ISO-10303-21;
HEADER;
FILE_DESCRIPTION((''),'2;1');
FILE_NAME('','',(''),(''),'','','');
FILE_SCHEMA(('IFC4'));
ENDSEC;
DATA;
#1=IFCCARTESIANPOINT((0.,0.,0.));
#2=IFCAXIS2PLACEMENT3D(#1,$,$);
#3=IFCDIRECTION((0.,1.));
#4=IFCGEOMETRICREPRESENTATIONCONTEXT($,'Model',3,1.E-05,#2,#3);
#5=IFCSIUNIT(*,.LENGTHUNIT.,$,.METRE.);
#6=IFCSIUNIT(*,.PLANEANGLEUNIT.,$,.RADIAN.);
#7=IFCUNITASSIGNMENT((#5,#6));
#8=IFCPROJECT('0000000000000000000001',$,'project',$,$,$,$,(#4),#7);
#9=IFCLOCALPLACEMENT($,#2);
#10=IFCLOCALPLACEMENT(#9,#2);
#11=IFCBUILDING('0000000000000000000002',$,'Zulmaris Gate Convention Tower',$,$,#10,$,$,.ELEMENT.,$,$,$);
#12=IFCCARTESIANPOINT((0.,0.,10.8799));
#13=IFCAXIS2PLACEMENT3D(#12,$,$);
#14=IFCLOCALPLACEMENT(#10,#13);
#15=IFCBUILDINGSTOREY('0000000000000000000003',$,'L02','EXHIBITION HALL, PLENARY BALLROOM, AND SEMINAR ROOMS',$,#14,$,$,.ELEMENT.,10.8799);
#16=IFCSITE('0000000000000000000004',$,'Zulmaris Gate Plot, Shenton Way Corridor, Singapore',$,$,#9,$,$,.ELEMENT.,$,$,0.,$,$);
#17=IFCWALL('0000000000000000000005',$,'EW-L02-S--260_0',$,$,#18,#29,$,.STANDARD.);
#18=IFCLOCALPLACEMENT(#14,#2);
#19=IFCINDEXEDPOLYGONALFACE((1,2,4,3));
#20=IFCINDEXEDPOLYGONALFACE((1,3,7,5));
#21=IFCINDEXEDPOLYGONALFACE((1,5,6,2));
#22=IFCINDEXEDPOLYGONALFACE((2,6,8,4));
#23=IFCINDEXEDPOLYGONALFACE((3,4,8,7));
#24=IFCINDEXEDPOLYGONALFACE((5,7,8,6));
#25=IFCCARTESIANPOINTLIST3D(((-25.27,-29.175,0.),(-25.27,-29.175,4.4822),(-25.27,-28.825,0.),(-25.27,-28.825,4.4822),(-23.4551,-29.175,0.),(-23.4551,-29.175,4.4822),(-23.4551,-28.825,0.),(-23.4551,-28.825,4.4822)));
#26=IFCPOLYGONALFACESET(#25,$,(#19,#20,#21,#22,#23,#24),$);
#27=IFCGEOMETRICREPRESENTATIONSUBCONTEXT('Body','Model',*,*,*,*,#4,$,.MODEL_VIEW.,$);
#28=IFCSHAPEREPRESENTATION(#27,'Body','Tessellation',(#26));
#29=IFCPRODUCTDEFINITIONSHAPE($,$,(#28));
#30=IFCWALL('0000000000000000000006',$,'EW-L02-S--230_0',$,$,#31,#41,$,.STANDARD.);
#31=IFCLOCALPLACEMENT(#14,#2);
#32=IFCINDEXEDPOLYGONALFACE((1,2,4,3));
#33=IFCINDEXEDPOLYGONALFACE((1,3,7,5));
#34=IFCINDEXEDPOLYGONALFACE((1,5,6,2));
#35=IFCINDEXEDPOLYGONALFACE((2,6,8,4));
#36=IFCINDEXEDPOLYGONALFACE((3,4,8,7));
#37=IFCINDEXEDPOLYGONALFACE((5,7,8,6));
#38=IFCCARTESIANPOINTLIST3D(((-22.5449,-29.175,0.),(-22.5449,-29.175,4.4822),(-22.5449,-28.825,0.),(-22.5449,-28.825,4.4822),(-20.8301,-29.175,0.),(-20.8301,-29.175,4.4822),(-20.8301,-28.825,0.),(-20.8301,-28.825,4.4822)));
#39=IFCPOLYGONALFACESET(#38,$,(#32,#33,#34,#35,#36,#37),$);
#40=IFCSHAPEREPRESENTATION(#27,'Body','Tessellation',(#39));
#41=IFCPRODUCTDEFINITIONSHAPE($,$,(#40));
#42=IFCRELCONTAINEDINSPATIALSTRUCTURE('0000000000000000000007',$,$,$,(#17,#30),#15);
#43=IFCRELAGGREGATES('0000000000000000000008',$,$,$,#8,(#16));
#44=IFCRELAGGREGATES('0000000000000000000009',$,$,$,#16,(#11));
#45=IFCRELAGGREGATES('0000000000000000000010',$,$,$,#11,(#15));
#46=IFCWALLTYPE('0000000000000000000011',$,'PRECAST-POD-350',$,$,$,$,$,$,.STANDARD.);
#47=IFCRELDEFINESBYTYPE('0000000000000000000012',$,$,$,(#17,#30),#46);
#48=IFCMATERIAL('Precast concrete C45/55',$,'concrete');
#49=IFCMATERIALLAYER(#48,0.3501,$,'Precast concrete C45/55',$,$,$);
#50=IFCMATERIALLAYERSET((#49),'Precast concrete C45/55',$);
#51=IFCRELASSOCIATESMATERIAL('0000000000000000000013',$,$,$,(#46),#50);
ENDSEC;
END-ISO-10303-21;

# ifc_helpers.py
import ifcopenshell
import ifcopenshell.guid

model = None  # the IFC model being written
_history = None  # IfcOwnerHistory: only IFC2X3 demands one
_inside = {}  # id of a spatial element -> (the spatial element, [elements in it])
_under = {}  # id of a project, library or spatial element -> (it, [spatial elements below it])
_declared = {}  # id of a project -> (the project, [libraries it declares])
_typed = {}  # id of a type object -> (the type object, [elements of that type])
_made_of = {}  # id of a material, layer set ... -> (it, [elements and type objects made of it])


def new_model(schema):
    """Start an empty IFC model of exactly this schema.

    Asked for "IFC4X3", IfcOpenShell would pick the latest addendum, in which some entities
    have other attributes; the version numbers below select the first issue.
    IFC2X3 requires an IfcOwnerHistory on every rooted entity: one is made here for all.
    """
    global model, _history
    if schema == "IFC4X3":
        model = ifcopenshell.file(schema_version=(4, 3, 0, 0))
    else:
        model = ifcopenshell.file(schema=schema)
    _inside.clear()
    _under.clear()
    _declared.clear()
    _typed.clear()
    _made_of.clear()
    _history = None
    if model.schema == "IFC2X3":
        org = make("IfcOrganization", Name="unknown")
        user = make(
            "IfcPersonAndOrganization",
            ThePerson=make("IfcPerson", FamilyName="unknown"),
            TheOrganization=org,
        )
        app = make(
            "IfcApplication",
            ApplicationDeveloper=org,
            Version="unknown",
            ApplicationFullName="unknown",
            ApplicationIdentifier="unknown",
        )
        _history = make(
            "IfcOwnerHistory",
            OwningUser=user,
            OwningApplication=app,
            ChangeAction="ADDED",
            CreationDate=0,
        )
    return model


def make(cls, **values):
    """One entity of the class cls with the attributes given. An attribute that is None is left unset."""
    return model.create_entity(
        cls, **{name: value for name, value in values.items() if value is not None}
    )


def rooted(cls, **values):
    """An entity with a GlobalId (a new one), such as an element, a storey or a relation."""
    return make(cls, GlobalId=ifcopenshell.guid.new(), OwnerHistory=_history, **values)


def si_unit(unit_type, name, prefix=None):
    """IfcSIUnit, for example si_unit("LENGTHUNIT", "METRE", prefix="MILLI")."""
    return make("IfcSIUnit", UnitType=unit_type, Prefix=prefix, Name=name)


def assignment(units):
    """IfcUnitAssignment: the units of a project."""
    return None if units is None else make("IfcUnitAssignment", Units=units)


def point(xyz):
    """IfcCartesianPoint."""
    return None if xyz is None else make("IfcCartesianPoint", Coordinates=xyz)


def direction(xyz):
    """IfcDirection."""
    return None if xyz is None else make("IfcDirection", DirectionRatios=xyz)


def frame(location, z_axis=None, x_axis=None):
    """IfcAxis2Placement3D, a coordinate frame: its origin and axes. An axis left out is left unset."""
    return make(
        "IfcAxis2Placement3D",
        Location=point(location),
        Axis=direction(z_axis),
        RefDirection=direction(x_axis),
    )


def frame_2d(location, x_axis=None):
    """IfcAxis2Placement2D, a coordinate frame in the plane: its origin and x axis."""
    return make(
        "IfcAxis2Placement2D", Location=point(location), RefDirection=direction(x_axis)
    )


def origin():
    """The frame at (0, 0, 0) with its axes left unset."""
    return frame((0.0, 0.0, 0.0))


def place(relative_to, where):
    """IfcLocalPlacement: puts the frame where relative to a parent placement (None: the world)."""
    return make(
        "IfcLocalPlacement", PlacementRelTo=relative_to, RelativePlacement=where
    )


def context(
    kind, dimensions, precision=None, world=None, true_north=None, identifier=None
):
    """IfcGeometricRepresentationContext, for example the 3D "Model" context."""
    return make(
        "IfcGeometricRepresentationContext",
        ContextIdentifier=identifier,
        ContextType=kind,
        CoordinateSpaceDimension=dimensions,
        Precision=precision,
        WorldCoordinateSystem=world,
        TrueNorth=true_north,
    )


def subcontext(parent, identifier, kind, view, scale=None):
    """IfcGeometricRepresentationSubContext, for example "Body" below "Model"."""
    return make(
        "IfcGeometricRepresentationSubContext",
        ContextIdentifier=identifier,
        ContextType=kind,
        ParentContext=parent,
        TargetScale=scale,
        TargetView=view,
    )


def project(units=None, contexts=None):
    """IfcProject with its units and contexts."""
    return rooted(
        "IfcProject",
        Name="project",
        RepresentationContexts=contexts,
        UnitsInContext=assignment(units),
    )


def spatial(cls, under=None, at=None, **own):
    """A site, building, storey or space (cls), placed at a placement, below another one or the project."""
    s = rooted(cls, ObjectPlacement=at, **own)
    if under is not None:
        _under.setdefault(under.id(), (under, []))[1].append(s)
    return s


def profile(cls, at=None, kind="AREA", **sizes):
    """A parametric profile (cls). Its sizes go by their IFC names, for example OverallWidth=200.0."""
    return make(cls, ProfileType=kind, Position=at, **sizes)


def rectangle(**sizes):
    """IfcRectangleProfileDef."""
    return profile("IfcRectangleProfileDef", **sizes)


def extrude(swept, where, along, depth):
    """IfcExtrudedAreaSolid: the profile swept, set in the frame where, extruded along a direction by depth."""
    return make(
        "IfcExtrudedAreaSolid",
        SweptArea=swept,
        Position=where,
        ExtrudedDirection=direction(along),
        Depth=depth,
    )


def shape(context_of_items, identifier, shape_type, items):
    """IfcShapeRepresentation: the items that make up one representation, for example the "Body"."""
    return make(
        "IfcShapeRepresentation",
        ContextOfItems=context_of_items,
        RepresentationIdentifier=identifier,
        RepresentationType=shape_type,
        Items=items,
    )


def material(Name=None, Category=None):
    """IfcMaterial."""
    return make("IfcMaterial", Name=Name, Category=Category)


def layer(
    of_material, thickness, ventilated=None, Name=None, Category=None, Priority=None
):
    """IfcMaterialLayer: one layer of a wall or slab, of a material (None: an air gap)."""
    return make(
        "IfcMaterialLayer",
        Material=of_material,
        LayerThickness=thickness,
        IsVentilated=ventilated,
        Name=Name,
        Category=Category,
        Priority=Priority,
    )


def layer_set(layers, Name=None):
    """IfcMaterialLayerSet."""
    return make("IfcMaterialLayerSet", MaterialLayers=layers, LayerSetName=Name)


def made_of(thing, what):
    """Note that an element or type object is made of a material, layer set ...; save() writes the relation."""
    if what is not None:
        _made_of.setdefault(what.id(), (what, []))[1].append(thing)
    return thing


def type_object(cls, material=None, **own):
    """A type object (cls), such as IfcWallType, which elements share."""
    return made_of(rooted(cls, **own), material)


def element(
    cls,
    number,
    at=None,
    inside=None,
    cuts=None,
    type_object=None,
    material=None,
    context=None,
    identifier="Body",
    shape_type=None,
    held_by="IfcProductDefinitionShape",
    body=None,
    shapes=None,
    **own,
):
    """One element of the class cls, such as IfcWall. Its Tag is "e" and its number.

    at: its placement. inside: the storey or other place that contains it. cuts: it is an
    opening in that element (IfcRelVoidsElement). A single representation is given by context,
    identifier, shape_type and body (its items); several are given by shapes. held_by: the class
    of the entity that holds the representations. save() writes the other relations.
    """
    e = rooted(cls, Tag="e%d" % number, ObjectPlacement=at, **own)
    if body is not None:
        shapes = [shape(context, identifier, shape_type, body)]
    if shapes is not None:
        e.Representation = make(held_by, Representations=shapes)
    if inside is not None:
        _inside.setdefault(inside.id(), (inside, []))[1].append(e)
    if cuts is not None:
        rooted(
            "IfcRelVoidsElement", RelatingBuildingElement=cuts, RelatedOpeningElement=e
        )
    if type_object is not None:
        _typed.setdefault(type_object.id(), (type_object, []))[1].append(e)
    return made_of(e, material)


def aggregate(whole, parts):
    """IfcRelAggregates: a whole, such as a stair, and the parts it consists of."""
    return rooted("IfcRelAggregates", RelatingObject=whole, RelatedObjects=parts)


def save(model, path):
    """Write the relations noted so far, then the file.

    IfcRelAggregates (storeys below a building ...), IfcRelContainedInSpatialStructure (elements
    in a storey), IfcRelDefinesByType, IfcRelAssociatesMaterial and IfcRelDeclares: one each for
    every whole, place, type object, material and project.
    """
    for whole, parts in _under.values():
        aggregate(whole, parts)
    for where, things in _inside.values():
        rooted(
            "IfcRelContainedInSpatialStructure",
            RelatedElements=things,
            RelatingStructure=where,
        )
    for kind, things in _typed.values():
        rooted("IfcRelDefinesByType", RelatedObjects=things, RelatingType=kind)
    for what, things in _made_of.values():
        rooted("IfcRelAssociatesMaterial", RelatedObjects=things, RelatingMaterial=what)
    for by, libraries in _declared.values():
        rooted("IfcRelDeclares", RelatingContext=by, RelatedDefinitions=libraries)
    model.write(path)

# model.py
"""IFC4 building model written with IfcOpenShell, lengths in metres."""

from ifc_helpers import new_model, si_unit, direction, frame, frame_2d, origin, place, context, subcontext, project, spatial, rectangle, extrude, material, layer, layer_set, type_object, element, save


model = new_model("IFC4")

# Units and contexts
model_context = context("Model", 3, precision=1e-05, world=origin(), true_north=direction((0.0, 1.0)))
body_context = subcontext(model_context, "Body", "Model", "MODEL_VIEW")
ifc_project = project(units=[si_unit("LENGTHUNIT", "METRE"), si_unit("PLANEANGLEUNIT", "RADIAN")], contexts=[model_context])

# Site, building, storey
site_placement = place(None, origin())
site = spatial("IfcSite", under=ifc_project, at=site_placement, Name="Zulmaris Gate Plot, Shenton Way Corridor, Singapore", CompositionType="ELEMENT", RefElevation=0.0)
building_placement = place(site_placement, origin())
building = spatial("IfcBuilding", under=site, at=building_placement, Name="Zulmaris Gate Convention Tower", CompositionType="ELEMENT")
storey_placement = place(building_placement, frame((0.0, 0.0, 10.8799)))
storey = spatial("IfcBuildingStorey", under=building, at=storey_placement, Name="L02", Description="EXHIBITION HALL, PLENARY BALLROOM, AND SEMINAR ROOMS", CompositionType="ELEMENT", Elevation=10.8799)

# Walls
ifc_material_1 = material(Name="Precast concrete C45/55", Category="concrete")
ifc_layer_1 = layer(ifc_material_1, 0.3501, Name="Precast concrete C45/55")
ifc_layer_set_1 = layer_set([ifc_layer_1], Name="Precast concrete C45/55")
wall_type_1 = type_object("IfcWallType", Name="PRECAST-POD-350", PredefinedType="STANDARD", material=ifc_layer_set_1)
wall_1_placement = place(storey_placement, frame((-25.27, -29.0, 0.0), z_axis=(0.0, 0.0, 1.0), x_axis=(1.0, 0.0, 0.0)))
element("IfcWall", 1, at=wall_1_placement, inside=storey, type_object=wall_type_1, Name="EW-L02-S--260_0", PredefinedType="STANDARD", context=body_context, shape_type="SweptSolid", body=[
    extrude(rectangle(XDim=1.8149, YDim=0.3501, at=frame_2d((0.9075, 0.0))), origin(), (0.0, 0.0, 1.0), 4.4822),
])
wall_2_placement = place(storey_placement, frame((-22.5449, -29.0, 0.0), z_axis=(0.0, 0.0, 1.0), x_axis=(1.0, 0.0, 0.0)))
element("IfcWall", 2, at=wall_2_placement, inside=storey, type_object=wall_type_1, Name="EW-L02-S--230_0", PredefinedType="STANDARD", context=body_context, shape_type="SweptSolid", body=[
    extrude(rectangle(XDim=1.7148, YDim=0.3501, at=frame_2d((0.8574, 0.0))), origin(), (0.0, 0.0, 1.0), 4.4822),
])

save(model, "model.ifc")
